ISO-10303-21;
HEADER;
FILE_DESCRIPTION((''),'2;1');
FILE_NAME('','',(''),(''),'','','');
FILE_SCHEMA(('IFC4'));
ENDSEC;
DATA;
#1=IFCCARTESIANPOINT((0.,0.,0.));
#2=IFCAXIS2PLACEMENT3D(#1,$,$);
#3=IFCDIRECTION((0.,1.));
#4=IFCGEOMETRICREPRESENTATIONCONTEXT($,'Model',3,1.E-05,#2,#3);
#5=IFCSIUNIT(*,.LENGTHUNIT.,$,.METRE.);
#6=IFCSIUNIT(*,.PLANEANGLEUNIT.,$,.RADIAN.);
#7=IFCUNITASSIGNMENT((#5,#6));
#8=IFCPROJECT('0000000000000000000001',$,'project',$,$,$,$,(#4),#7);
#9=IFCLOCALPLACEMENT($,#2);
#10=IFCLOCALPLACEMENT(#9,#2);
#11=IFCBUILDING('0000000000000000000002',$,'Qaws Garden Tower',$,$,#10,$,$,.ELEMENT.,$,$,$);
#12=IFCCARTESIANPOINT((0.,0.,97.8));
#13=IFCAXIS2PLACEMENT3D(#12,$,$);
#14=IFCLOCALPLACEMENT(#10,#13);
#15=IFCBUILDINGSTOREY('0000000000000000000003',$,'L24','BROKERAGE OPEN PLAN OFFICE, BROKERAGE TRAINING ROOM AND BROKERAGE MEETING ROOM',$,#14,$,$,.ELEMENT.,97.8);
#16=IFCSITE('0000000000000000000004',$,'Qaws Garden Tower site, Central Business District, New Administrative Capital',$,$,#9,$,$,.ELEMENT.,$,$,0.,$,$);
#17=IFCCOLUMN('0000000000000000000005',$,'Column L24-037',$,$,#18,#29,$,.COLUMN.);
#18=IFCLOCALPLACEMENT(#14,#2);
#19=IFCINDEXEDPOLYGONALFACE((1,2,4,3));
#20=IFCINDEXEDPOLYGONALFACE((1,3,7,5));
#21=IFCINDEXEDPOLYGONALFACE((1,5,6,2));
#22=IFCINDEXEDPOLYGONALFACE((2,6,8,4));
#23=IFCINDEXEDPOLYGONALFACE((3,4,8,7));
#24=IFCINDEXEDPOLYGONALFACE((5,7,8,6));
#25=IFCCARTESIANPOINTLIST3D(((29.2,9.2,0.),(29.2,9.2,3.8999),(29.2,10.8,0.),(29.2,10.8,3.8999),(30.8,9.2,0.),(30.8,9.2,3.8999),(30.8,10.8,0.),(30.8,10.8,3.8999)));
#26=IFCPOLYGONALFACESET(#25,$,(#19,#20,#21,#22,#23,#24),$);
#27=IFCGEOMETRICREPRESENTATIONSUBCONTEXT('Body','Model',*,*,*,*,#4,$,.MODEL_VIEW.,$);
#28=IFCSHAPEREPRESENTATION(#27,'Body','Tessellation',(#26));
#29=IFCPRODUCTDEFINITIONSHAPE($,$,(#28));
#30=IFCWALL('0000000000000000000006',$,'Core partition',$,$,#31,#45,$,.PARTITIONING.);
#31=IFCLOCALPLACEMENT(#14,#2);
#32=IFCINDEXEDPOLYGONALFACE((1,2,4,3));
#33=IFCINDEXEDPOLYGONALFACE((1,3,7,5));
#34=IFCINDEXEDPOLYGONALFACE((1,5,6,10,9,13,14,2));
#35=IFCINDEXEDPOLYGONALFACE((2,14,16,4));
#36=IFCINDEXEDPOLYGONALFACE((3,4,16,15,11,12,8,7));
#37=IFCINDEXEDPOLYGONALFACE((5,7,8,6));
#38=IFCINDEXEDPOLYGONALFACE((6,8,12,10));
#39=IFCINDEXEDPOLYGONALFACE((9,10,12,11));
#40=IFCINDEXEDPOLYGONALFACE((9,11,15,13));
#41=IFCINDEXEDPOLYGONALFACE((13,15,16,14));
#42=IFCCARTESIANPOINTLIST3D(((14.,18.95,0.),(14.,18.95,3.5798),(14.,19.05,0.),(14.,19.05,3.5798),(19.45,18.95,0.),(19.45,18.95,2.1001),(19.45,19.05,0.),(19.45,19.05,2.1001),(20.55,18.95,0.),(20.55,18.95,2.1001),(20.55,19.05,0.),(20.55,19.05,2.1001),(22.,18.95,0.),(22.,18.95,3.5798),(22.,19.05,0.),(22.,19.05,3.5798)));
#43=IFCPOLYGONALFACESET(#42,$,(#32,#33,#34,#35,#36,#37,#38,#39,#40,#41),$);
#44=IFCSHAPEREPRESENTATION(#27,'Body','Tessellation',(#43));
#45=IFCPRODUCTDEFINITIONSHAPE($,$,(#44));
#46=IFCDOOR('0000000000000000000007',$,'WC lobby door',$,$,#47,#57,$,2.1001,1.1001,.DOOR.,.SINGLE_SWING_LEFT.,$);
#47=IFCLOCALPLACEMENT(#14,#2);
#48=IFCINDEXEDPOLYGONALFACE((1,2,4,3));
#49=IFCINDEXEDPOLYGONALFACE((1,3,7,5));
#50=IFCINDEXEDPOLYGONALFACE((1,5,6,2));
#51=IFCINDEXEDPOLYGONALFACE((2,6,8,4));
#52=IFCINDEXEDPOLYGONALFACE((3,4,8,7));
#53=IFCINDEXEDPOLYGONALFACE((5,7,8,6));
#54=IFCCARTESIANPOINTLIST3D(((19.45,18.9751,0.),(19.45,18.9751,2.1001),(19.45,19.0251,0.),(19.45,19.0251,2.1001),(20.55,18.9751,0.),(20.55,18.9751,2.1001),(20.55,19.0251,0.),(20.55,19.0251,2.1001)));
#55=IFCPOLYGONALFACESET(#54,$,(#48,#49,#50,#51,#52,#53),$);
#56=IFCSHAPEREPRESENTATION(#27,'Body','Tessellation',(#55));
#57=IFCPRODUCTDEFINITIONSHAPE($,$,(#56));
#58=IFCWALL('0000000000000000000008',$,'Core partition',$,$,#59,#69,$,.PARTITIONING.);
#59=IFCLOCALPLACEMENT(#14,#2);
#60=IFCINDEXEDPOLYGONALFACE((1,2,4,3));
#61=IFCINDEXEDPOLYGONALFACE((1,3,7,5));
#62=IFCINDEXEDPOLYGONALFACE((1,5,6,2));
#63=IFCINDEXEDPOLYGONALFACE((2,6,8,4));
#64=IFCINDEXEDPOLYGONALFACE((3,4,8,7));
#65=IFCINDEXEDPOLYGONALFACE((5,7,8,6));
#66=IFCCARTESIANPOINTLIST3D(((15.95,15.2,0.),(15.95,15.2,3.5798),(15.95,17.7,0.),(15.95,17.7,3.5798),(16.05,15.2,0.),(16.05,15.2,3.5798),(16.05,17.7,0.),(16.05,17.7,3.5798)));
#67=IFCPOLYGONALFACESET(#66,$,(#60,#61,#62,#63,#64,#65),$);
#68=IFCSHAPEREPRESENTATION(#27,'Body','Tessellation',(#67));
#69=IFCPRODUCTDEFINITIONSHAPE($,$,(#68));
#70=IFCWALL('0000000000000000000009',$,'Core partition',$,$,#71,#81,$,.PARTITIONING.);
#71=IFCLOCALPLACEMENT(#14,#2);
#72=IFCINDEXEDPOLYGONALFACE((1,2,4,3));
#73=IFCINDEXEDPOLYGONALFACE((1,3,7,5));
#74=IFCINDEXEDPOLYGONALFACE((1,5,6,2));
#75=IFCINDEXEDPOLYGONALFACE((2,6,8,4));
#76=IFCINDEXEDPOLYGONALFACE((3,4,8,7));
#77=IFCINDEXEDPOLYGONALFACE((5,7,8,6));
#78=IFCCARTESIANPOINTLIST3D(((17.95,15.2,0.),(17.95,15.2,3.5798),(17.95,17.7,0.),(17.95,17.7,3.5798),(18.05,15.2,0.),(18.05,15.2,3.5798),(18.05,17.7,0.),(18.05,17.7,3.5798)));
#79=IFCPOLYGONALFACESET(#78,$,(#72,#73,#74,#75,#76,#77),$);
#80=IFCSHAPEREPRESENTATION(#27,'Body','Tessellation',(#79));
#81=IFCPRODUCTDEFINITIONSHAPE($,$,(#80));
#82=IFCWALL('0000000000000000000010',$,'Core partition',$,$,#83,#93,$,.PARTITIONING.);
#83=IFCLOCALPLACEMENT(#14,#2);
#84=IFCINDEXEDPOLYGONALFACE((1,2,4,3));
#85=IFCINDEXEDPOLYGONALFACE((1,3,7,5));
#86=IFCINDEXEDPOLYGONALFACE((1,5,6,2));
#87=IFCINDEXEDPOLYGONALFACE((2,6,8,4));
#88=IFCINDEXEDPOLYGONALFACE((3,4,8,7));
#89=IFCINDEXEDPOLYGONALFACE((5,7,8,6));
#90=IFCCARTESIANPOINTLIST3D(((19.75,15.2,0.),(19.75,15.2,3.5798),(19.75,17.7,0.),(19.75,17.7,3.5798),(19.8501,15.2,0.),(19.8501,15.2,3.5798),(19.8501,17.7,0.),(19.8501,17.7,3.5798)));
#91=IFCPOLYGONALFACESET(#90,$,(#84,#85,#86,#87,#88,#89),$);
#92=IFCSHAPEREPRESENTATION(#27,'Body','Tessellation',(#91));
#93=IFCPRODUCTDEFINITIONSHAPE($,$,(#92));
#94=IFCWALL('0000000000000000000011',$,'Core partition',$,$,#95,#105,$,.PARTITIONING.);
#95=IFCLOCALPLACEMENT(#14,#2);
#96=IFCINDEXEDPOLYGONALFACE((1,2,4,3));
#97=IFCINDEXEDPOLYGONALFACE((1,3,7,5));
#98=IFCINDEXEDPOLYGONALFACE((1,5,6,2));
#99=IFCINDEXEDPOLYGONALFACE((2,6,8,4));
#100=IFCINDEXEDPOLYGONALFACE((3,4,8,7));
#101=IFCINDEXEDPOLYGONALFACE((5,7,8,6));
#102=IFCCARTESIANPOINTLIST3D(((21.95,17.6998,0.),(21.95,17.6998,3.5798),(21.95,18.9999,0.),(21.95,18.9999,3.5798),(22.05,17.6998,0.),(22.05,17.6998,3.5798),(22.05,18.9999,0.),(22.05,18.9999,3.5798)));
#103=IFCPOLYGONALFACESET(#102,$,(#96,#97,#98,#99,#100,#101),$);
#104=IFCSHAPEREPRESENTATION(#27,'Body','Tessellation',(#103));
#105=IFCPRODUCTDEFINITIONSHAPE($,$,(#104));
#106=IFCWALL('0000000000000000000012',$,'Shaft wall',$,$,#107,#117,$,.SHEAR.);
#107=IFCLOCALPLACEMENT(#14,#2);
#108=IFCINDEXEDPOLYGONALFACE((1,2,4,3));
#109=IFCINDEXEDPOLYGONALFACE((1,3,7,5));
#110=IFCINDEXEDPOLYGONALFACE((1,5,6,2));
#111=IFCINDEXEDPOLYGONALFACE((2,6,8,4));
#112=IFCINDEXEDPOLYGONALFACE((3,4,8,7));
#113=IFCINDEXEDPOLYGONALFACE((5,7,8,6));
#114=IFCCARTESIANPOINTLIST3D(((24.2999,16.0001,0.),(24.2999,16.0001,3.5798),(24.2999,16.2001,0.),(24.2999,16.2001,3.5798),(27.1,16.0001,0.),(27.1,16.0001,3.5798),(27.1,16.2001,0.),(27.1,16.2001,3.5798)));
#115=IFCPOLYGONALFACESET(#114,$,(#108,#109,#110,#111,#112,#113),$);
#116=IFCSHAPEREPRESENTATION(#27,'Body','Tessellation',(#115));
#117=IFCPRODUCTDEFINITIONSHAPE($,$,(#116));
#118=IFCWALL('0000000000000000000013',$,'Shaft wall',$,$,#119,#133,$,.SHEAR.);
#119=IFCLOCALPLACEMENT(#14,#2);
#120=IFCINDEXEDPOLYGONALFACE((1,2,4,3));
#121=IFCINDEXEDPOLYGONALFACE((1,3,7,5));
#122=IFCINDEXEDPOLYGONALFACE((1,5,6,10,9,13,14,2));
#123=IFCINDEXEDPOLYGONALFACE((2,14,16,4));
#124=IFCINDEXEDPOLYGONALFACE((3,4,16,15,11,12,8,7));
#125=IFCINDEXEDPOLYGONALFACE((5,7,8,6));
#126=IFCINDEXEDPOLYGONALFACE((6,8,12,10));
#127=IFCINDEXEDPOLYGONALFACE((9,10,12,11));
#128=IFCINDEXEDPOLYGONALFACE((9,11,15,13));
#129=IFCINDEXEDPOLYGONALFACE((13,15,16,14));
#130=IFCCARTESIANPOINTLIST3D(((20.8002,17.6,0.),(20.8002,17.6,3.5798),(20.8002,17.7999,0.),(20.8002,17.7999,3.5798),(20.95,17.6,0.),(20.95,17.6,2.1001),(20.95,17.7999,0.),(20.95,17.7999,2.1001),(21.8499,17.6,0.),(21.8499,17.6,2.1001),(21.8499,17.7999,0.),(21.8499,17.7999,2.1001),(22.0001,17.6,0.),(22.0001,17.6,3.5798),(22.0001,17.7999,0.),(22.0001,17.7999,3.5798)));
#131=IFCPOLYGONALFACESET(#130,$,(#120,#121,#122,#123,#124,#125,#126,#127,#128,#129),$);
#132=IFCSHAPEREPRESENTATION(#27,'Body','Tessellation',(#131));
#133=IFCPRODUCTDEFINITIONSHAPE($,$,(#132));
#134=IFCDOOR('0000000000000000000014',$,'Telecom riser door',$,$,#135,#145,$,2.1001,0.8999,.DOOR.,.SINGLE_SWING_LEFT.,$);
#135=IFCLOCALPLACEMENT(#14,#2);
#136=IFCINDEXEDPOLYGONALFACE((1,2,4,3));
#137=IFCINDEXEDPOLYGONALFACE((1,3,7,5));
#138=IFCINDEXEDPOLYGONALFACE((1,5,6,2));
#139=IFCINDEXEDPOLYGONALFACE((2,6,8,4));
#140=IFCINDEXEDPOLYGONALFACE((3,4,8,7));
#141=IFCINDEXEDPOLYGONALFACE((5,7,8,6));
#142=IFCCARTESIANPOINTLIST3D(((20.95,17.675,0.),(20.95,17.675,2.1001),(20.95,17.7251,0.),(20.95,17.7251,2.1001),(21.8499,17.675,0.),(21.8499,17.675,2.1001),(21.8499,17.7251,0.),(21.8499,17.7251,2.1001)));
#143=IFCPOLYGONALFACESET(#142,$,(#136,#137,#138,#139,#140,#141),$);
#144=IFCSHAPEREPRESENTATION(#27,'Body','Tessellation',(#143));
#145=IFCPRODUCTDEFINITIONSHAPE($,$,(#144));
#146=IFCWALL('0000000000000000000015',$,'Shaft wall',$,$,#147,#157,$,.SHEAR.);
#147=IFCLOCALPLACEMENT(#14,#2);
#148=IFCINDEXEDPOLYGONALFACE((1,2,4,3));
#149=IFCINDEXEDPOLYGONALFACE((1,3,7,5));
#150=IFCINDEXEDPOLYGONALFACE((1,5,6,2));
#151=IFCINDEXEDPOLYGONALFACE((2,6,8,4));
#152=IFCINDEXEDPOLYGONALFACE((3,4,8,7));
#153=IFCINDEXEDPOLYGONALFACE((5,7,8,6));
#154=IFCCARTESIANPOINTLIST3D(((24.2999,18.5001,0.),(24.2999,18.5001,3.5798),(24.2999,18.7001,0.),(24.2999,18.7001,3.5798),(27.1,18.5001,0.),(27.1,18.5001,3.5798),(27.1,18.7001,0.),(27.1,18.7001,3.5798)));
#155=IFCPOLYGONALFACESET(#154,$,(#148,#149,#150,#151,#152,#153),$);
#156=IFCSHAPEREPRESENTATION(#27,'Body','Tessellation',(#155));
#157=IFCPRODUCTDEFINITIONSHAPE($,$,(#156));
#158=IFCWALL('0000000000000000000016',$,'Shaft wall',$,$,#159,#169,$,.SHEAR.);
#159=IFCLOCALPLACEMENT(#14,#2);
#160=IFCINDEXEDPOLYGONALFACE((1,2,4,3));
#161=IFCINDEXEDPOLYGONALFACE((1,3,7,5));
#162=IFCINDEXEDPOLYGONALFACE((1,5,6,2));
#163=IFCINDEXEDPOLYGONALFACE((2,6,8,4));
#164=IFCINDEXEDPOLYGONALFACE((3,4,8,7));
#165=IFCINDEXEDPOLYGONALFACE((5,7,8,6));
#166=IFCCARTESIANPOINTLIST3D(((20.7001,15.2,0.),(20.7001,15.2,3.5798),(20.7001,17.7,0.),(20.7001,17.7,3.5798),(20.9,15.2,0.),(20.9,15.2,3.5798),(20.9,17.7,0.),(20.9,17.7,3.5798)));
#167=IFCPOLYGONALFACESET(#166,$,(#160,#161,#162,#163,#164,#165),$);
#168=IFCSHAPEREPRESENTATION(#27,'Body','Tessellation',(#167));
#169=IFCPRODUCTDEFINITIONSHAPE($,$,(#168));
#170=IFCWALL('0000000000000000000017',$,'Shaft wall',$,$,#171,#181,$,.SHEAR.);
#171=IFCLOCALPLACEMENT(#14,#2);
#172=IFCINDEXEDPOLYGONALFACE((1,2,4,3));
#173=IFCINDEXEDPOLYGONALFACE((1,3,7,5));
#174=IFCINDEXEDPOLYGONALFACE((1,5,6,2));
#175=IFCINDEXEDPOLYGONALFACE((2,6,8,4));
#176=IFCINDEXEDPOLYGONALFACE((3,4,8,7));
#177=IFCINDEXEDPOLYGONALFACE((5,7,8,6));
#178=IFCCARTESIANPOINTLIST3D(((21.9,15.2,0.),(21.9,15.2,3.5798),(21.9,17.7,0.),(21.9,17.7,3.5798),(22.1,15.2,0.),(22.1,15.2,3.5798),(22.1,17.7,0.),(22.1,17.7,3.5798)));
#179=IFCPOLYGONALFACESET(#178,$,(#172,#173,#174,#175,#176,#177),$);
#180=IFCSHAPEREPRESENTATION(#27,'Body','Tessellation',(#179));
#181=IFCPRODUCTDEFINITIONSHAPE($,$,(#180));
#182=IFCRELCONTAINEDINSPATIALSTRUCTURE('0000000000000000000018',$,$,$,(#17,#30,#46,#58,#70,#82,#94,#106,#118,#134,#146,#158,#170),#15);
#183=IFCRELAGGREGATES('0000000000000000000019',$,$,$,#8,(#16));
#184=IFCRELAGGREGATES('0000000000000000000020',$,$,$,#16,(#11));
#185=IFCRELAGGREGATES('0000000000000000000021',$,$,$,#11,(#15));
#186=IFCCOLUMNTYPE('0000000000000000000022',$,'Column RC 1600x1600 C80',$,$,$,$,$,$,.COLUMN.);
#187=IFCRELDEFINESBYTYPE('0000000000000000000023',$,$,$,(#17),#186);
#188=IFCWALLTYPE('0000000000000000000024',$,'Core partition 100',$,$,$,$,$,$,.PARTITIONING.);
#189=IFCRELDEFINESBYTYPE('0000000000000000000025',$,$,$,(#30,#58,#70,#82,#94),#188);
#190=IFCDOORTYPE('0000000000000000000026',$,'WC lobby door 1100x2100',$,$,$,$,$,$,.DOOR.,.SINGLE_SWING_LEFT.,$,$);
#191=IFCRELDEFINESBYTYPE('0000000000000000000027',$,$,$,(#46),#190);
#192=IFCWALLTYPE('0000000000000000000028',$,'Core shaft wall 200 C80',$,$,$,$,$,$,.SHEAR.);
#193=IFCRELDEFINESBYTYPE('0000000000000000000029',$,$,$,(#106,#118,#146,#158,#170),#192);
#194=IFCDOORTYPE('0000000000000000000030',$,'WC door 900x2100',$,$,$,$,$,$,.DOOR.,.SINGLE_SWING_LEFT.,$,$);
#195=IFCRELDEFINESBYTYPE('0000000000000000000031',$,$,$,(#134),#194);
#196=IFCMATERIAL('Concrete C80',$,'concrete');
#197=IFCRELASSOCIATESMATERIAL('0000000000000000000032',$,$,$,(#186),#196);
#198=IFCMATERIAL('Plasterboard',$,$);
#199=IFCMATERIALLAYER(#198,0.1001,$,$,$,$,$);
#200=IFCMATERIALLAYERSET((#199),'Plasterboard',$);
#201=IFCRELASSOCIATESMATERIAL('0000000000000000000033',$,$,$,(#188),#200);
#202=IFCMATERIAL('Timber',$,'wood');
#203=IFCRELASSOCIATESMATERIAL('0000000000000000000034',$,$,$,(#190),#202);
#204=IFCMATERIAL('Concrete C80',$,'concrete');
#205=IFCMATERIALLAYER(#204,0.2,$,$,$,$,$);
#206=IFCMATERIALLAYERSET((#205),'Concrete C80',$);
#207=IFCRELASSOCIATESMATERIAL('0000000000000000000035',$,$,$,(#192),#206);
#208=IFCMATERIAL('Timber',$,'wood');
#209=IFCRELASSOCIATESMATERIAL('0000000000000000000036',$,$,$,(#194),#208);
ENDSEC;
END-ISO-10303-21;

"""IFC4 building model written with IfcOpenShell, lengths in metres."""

from ifc_helpers import new_model, si_unit, direction, frame, frame_2d, origin, origin_2d, place, context, subcontext, project, spatial, rectangle, extrude, material, layer, layer_set, material_profile, profile_set, type_object, element, fill, save


model = new_model("IFC4")

# Units and contexts
model_context = context("Model", 3, precision=1e-05, world=origin(), true_north=direction((0.0, 1.0)))
body_context = subcontext(model_context, "Body", "Model", "MODEL_VIEW")
ifc_project = project(units=[si_unit("LENGTHUNIT", "METRE"), si_unit("PLANEANGLEUNIT", "RADIAN")], contexts=[model_context])

# Site, building, storey
site_placement = place(None, origin())
site = spatial("IfcSite", under=ifc_project, at=site_placement, Name="Qaws Garden Tower site, Central Business District, New Administrative Capital", CompositionType="ELEMENT", RefElevation=0.0)
building_placement = place(site_placement, origin())
building = spatial("IfcBuilding", under=site, at=building_placement, Name="Qaws Garden Tower", CompositionType="ELEMENT")
storey_placement = place(building_placement, frame((0.0, 0.0, 97.8)))
storey = spatial("IfcBuildingStorey", under=building, at=storey_placement, Name="L24", Description="BROKERAGE OPEN PLAN OFFICE, BROKERAGE TRAINING ROOM AND BROKERAGE MEETING ROOM", CompositionType="ELEMENT", Elevation=97.8)

# Column
ifc_material_1 = material(Name="Concrete C80", Category="concrete")
ifc_material_profile = material_profile(ifc_material_1, rectangle(XDim=1.6001, YDim=1.6001, at=origin_2d()), Name="RC 1600x1600")
ifc_profile_set = profile_set([ifc_material_profile], Name="Concrete C80")
column_type = type_object("IfcColumnType", Name="Column RC 1600x1600 C80", PredefinedType="COLUMN", material=ifc_profile_set)
column_placement = place(storey_placement, frame((30.0, 10.0, 0.0), z_axis=(0.0, 0.0, 1.0), x_axis=(1.0, 0.0, 0.0)))
element("IfcColumn", 1, at=column_placement, inside=storey, type_object=column_type, Name="Column L24-037", PredefinedType="COLUMN", context=body_context, shape_type="SweptSolid", body=[
    extrude(rectangle(XDim=1.6001, YDim=1.6001, at=origin_2d()), origin(), (0.0, 0.0, 1.0), 3.8999),
])

# Wall, opening, door
ifc_material_2 = material(Name="Plasterboard")
ifc_layer_1 = layer(ifc_material_2, 0.1001)
ifc_layer_set_1 = layer_set([ifc_layer_1], Name="Plasterboard")
wall_type_1 = type_object("IfcWallType", Name="Core partition 100", PredefinedType="PARTITIONING", material=ifc_layer_set_1)
wall_1_placement = place(storey_placement, frame((14.0, 19.0, 0.0), z_axis=(0.0, 0.0, 1.0), x_axis=(1.0, 0.0, 0.0)))
wall_1 = element("IfcWall", 2, at=wall_1_placement, inside=storey, type_object=wall_type_1, Name="Core partition", PredefinedType="PARTITIONING", context=body_context, shape_type="SweptSolid", body=[
    extrude(rectangle(XDim=8.0, YDim=0.1001, at=frame_2d((4.0, 0.0))), origin(), (0.0, 0.0, 1.0), 3.5798),
])
opening_1_placement = place(wall_1_placement, frame((5.45, 0.0, 0.0)))
opening_1 = element("IfcOpeningElement", 3, at=opening_1_placement, cuts=wall_1, PredefinedType="OPENING", context=body_context, shape_type="SweptSolid", body=[
    extrude(rectangle(XDim=1.1001, YDim=2.1001, at=frame_2d((0.55, 1.05))), frame((0.0, 0.0601, 0.0), z_axis=(0.0, -1.0, 0.0), x_axis=(1.0, 0.0, 0.0)), (0.0, 0.0, 1.0), 0.1201),
])
ifc_material_3 = material(Name="Timber", Category="wood")
door_type_1 = type_object("IfcDoorType", Name="WC lobby door 1100x2100", OperationType="SINGLE_SWING_LEFT", PredefinedType="DOOR", material=ifc_material_3)
door_1_placement = place(opening_1_placement, frame((1.1001, 0.0, 0.0), z_axis=(0.0, 0.0, 1.0), x_axis=(-1.0, 0.0, 0.0)))
door_1 = element("IfcDoor", 4, at=door_1_placement, inside=storey, type_object=door_type_1, Name="WC lobby door", OperationType="SINGLE_SWING_LEFT", OverallHeight=2.1001, OverallWidth=1.1001, PredefinedType="DOOR", context=body_context, shape_type="SweptSolid", body=[
    extrude(rectangle(XDim=1.1001, YDim=2.1001, at=frame_2d((0.55, 1.05))), frame((0.0, 0.0249, 0.0), z_axis=(0.0, -1.0, 0.0), x_axis=(1.0, 0.0, 0.0)), (0.0, 0.0, 1.0), 0.05),
])
fill(opening_1, door_1)

# Walls
for number, where, z_axis, x_axis, name in (
    (5, (16.0, 15.2, 0.0), (0.0, 0.0, 1.0), (0.0, 1.0, 0.0), "Core partition"),
    (6, (18.0, 15.2, 0.0), (0.0, 0.0, 1.0), (0.0, 1.0, 0.0), "Core partition"),
    (7, (19.8, 15.2, 0.0), (0.0, 0.0, 1.0), (0.0, 1.0, 0.0), "Core partition"),
):
    element("IfcWall", number, at=place(storey_placement, frame(where, z_axis=z_axis, x_axis=x_axis)), inside=storey, type_object=wall_type_1, Name=name, PredefinedType="PARTITIONING", context=body_context, shape_type="SweptSolid", body=[
        extrude(rectangle(XDim=2.5, YDim=0.1001, at=frame_2d((1.25, 0.0))), origin(), (0.0, 0.0, 1.0), 3.5798),
    ])
wall_2_placement = place(storey_placement, frame((22.0, 17.7, 0.0), z_axis=(0.0, 0.0, 1.0), x_axis=(0.0, 1.0, 0.0)))
element("IfcWall", 8, at=wall_2_placement, inside=storey, type_object=wall_type_1, Name="Core partition", PredefinedType="PARTITIONING", context=body_context, shape_type="SweptSolid", body=[
    extrude(rectangle(XDim=1.3, YDim=0.1001, at=frame_2d((0.6499, 0.0))), origin(), (0.0, 0.0, 1.0), 3.5798),
])
ifc_material_4 = material(Name="Concrete C80", Category="concrete")
ifc_layer_2 = layer(ifc_material_4, 0.2)
ifc_layer_set_2 = layer_set([ifc_layer_2], Name="Concrete C80")
wall_type_2 = type_object("IfcWallType", Name="Core shaft wall 200 C80", PredefinedType="SHEAR", material=ifc_layer_set_2)
wall_3_placement = place(storey_placement, frame((24.3, 16.1001, 0.0), z_axis=(0.0, 0.0, 1.0), x_axis=(1.0, 0.0, 0.0)))
element("IfcWall", 9, at=wall_3_placement, inside=storey, type_object=wall_type_2, Name="Shaft wall", PredefinedType="SHEAR", context=body_context, shape_type="SweptSolid", body=[
    extrude(rectangle(XDim=2.8, YDim=0.2, at=frame_2d((1.3999, 0.0))), origin(), (0.0, 0.0, 1.0), 3.5798),
])

# Wall, opening, door
wall_4_placement = place(storey_placement, frame((20.8, 17.7, 0.0), z_axis=(0.0, 0.0, 1.0), x_axis=(1.0, 0.0, 0.0)))
wall_4 = element("IfcWall", 10, at=wall_4_placement, inside=storey, type_object=wall_type_2, Name="Shaft wall", PredefinedType="SHEAR", context=body_context, shape_type="SweptSolid", body=[
    extrude(rectangle(XDim=1.2, YDim=0.2, at=frame_2d((0.6001, 0.0))), origin(), (0.0, 0.0, 1.0), 3.5798),
])
opening_2_placement = place(wall_4_placement, frame((0.1499, 0.0, 0.0)))
opening_2 = element("IfcOpeningElement", 11, at=opening_2_placement, cuts=wall_4, PredefinedType="OPENING", context=body_context, shape_type="SweptSolid", body=[
    extrude(rectangle(XDim=0.8999, YDim=2.1001, at=frame_2d((0.45, 1.05))), frame((0.0, 0.1099, 0.0), z_axis=(0.0, -1.0, 0.0), x_axis=(1.0, 0.0, 0.0)), (0.0, 0.0, 1.0), 0.22),
])
ifc_material_5 = material(Name="Timber", Category="wood")
door_type_2 = type_object("IfcDoorType", Name="WC door 900x2100", OperationType="SINGLE_SWING_LEFT", PredefinedType="DOOR", material=ifc_material_5)
door_2_placement = place(opening_2_placement, frame((0.8999, 0.0, 0.0), z_axis=(0.0, 0.0, 1.0), x_axis=(-1.0, 0.0, 0.0)))
door_2 = element("IfcDoor", 12, at=door_2_placement, inside=storey, type_object=door_type_2, Name="Telecom riser door", OperationType="SINGLE_SWING_LEFT", OverallHeight=2.1001, OverallWidth=0.8999, PredefinedType="DOOR", context=body_context, shape_type="SweptSolid", body=[
    extrude(rectangle(XDim=0.8999, YDim=2.1001, at=frame_2d((0.45, 1.05))), frame((0.0, 0.0249, 0.0), z_axis=(0.0, -1.0, 0.0), x_axis=(1.0, 0.0, 0.0)), (0.0, 0.0, 1.0), 0.05),
])
fill(opening_2, door_2)

# Walls
wall_5_placement = place(storey_placement, frame((24.3, 18.6001, 0.0), z_axis=(0.0, 0.0, 1.0), x_axis=(1.0, 0.0, 0.0)))
element("IfcWall", 13, at=wall_5_placement, inside=storey, type_object=wall_type_2, Name="Shaft wall", PredefinedType="SHEAR", context=body_context, shape_type="SweptSolid", body=[
    extrude(rectangle(XDim=2.8, YDim=0.2, at=frame_2d((1.3999, 0.0))), origin(), (0.0, 0.0, 1.0), 3.5798),
])
for number, where, z_axis, x_axis, name in (
    (14, (20.8, 15.2, 0.0), (0.0, 0.0, 1.0), (0.0, 1.0, 0.0), "Shaft wall"),
    (15, (22.0, 15.2, 0.0), (0.0, 0.0, 1.0), (0.0, 1.0, 0.0), "Shaft wall"),
):
    element("IfcWall", number, at=place(storey_placement, frame(where, z_axis=z_axis, x_axis=x_axis)), inside=storey, type_object=wall_type_2, Name=name, PredefinedType="SHEAR", context=body_context, shape_type="SweptSolid", body=[
        extrude(rectangle(XDim=2.5, YDim=0.2, at=frame_2d((1.25, 0.0))), origin(), (0.0, 0.0, 1.0), 3.5798),
    ])

save(model, "model.ifc")
